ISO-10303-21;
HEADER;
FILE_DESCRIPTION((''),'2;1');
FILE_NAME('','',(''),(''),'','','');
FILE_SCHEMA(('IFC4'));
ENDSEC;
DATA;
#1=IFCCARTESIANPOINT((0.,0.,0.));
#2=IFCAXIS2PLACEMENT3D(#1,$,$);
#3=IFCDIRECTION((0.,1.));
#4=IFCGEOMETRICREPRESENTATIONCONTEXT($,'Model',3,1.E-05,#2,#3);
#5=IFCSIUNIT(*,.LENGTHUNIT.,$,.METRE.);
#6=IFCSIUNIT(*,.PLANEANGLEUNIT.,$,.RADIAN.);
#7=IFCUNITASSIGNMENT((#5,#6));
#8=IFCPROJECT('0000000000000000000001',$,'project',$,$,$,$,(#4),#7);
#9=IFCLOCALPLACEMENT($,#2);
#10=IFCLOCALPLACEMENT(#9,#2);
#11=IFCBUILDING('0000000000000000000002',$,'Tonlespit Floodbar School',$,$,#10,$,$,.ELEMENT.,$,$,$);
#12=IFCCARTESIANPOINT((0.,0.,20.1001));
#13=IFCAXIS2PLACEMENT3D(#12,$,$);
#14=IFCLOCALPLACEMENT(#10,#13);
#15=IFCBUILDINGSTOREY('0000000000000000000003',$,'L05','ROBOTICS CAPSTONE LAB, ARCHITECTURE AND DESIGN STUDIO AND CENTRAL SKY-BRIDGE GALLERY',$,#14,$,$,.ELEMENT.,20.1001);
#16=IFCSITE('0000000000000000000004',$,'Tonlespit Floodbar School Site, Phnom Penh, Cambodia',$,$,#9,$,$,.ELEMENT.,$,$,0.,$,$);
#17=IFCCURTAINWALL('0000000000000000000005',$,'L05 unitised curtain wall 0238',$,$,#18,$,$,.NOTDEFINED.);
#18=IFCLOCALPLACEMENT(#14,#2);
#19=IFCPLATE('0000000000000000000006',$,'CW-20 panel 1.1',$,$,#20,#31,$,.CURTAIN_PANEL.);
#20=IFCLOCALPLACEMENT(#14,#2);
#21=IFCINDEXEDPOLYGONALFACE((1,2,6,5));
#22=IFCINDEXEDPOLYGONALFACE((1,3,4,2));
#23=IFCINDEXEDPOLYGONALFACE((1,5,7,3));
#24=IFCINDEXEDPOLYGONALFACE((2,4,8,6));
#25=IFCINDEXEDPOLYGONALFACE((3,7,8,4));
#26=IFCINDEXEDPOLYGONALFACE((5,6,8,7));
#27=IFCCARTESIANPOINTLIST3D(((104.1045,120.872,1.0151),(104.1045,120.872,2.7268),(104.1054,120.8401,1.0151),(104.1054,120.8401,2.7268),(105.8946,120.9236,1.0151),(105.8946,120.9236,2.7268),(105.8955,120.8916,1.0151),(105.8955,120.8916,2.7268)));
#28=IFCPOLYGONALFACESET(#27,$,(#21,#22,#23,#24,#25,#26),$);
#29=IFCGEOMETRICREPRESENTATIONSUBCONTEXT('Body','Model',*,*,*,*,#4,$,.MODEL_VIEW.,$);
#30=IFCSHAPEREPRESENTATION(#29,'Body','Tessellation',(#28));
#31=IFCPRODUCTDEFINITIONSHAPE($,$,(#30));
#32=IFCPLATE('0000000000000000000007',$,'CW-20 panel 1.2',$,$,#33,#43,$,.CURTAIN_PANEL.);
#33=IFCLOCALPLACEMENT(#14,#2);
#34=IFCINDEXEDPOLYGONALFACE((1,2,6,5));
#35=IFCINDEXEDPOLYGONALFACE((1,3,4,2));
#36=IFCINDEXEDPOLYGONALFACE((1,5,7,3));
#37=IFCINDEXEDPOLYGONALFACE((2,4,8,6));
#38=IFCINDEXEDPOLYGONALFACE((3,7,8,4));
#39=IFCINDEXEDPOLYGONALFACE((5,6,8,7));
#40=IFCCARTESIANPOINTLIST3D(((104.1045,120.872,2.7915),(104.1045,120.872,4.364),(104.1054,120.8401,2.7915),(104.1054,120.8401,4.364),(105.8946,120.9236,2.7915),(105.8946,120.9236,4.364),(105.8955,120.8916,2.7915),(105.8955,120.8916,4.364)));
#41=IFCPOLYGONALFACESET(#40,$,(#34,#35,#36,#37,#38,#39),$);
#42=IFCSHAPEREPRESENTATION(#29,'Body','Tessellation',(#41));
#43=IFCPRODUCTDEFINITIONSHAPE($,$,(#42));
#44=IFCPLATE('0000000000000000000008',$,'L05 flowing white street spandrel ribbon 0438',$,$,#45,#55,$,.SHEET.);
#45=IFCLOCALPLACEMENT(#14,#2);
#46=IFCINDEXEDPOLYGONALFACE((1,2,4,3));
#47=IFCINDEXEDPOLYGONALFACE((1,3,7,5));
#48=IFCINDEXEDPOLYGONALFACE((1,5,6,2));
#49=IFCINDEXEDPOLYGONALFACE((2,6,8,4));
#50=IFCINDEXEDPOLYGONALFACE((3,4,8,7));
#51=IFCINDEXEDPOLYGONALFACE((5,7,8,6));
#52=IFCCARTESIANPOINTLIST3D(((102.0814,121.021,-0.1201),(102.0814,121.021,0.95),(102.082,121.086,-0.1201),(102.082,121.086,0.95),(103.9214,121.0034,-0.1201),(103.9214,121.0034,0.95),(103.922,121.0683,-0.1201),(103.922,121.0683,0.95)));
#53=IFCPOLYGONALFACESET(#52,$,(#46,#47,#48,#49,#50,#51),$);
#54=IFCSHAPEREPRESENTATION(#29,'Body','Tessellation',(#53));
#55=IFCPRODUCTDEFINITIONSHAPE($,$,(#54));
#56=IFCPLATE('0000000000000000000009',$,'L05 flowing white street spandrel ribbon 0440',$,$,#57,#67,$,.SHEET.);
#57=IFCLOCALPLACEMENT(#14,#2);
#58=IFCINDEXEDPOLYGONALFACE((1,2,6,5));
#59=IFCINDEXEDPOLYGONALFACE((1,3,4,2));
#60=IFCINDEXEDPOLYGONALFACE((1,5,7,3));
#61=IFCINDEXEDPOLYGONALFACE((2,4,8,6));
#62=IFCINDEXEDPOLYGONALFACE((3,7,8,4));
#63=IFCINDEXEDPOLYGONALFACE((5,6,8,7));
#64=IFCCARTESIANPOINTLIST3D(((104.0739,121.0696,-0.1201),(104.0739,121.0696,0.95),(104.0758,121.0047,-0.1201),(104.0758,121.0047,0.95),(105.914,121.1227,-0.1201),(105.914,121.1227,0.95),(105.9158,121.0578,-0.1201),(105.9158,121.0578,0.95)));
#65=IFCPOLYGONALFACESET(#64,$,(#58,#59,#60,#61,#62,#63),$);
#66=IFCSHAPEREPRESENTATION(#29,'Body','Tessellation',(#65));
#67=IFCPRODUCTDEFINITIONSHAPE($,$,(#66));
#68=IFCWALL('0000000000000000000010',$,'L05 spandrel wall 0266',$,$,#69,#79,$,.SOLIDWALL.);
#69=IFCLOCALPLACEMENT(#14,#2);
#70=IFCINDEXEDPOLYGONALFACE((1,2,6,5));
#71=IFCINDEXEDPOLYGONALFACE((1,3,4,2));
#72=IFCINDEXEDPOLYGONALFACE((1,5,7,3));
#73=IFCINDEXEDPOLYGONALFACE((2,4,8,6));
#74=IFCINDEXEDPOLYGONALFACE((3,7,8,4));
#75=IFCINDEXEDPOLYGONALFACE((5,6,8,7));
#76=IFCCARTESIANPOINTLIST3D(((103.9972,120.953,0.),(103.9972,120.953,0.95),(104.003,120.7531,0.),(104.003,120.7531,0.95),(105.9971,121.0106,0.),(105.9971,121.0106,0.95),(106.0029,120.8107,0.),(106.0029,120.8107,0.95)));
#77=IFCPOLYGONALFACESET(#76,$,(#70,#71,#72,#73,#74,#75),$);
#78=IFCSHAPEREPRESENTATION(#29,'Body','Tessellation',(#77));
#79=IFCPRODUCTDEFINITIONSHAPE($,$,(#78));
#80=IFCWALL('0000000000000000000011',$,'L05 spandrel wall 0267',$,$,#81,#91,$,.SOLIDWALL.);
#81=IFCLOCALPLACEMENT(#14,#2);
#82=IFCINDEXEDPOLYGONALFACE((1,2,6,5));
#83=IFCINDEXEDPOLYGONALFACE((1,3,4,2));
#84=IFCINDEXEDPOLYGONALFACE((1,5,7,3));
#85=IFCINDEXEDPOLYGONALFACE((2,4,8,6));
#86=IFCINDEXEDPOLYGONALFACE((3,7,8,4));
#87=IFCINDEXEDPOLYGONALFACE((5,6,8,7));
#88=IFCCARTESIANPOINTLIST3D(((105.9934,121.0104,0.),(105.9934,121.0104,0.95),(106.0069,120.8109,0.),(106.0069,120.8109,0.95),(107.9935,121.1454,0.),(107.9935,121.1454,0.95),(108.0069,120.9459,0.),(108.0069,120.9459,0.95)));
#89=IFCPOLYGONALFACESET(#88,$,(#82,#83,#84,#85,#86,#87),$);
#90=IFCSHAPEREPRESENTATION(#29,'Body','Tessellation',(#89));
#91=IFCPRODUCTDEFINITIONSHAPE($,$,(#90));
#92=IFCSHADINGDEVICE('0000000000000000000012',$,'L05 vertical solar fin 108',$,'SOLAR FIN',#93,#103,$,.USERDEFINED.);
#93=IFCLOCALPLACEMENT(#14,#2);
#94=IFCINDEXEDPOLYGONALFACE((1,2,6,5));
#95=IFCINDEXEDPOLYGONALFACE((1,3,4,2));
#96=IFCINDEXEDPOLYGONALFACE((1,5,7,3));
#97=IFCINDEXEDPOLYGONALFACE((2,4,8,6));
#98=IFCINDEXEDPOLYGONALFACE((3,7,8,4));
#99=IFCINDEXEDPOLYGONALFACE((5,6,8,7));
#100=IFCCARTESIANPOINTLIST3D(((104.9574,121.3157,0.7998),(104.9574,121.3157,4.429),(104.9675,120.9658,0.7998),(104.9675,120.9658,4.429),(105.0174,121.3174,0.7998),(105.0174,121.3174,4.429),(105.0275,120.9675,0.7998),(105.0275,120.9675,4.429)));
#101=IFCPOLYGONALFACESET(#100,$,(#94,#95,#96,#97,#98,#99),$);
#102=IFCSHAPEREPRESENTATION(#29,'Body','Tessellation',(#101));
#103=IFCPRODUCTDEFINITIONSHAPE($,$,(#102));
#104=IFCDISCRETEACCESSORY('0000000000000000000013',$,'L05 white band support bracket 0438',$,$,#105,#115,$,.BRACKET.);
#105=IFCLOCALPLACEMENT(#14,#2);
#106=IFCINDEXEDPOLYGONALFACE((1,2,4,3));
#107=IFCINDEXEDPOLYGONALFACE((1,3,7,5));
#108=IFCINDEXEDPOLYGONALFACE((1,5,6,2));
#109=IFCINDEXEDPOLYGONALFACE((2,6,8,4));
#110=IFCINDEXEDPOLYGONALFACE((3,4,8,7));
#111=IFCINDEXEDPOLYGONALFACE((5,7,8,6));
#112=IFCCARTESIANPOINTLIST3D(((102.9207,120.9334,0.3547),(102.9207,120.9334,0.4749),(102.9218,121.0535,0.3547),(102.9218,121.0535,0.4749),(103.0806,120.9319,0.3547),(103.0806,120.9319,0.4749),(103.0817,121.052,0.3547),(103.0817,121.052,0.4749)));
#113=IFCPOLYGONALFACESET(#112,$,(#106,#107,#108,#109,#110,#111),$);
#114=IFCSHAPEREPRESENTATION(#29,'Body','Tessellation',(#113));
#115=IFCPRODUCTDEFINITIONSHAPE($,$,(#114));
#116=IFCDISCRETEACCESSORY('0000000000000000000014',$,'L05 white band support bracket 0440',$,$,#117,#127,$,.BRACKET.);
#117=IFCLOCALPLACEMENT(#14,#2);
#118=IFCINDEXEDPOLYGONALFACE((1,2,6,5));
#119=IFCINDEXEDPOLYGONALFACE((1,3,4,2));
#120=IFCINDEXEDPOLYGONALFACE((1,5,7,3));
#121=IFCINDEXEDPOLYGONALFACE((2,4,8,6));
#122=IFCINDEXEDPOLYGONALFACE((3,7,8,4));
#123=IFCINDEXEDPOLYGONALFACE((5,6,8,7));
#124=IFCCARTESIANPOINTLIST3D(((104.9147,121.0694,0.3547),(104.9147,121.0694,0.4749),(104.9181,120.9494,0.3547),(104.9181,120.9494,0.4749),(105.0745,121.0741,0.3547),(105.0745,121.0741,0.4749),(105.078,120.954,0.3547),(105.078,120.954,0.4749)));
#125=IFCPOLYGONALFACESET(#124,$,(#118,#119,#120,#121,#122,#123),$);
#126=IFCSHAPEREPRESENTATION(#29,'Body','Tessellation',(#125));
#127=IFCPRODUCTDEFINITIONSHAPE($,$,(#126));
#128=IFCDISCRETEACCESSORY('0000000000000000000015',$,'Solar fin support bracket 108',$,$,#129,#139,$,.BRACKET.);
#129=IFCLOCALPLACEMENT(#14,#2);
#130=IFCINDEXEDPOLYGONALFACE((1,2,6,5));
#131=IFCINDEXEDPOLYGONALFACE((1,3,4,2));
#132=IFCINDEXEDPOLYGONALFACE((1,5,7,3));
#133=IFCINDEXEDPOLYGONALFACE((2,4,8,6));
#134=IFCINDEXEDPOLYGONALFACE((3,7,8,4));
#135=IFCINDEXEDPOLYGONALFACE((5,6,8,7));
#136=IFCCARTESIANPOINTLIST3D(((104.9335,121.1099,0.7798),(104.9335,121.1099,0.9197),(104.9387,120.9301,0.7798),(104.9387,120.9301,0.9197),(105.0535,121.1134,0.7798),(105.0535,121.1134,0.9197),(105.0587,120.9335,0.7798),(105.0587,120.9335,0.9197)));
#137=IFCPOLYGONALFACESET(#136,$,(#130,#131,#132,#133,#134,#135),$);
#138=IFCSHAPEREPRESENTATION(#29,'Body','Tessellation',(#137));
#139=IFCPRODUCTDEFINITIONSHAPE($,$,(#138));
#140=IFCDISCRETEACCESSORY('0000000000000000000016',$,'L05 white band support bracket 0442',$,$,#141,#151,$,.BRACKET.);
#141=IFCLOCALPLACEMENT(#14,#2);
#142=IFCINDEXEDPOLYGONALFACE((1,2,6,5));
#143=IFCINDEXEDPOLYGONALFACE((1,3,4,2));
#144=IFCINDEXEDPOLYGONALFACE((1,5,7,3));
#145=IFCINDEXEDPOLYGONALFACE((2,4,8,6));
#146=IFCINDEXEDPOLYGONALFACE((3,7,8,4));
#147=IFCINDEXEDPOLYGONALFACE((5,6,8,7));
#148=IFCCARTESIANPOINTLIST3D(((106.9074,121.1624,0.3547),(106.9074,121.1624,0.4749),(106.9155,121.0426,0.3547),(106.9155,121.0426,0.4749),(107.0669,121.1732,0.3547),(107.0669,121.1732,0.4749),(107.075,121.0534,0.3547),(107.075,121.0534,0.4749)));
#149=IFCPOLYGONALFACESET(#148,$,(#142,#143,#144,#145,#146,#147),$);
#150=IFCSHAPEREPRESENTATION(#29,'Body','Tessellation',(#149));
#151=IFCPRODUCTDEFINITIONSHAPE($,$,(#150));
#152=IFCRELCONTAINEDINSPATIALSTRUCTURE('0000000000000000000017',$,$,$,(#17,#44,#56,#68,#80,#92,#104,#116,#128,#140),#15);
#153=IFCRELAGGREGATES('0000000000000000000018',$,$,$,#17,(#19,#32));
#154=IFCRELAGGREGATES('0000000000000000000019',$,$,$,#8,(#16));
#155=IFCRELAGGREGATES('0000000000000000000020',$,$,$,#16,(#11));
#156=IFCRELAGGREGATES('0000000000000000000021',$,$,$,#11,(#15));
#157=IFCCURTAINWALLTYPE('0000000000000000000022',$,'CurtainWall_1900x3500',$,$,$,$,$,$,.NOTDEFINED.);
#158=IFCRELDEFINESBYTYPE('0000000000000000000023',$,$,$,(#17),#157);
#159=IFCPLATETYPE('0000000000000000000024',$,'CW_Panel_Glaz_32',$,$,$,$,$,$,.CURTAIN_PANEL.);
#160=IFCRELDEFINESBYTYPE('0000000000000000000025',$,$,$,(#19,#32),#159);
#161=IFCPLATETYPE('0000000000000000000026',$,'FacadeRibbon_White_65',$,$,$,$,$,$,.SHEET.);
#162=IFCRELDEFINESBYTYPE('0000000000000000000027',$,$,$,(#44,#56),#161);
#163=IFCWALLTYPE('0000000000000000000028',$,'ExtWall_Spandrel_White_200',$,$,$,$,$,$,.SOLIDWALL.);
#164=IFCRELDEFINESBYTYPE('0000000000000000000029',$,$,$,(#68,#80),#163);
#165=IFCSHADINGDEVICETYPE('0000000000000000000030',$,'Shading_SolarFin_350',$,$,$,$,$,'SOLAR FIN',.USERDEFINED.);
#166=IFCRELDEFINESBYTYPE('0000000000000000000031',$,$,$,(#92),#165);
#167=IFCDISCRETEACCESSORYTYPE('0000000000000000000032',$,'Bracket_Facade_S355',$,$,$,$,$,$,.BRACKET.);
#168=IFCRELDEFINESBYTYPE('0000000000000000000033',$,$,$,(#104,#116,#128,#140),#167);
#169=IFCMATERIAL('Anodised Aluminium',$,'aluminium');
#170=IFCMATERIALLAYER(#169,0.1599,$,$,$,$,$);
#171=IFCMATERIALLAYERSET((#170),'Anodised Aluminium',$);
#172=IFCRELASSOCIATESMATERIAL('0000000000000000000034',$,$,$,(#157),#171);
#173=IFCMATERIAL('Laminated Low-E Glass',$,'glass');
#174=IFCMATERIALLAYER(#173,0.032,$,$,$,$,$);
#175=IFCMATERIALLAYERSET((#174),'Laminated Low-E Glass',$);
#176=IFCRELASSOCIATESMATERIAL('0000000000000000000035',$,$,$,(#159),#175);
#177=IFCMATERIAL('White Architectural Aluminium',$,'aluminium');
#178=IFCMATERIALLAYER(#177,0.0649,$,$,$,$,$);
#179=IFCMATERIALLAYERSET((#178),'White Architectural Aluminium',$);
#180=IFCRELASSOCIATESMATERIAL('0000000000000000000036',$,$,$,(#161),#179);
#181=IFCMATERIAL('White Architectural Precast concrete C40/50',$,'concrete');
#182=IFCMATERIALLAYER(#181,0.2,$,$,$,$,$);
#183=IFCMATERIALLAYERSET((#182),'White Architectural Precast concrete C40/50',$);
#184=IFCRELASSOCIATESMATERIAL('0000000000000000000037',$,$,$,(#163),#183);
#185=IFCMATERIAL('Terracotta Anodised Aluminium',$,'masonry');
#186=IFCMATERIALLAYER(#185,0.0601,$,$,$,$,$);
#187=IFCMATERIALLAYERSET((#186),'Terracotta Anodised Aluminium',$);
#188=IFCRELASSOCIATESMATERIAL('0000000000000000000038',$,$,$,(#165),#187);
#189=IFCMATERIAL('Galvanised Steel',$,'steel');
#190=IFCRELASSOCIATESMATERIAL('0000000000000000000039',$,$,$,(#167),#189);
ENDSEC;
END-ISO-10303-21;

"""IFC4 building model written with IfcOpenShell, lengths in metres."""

from ifc_helpers import new_model, si_unit, direction, frame, frame_2d, origin, origin_2d, place, context, subcontext, project, spatial, rectangle, extrude, material, layer, layer_set, type_object, element, aggregate, save


model = new_model("IFC4")

# Units and contexts
model_context = context("Model", 3, precision=1e-05, world=origin(), true_north=direction((0.0, 1.0)))
body_context = subcontext(model_context, "Body", "Model", "MODEL_VIEW")
ifc_project = project(units=[si_unit("LENGTHUNIT", "METRE"), si_unit("PLANEANGLEUNIT", "RADIAN")], contexts=[model_context])

# Site, building, storey
site_placement = place(None, origin())
site = spatial("IfcSite", under=ifc_project, at=site_placement, Name="Tonlespit Floodbar School Site, Phnom Penh, Cambodia", CompositionType="ELEMENT", RefElevation=0.0)
building_placement = place(site_placement, origin())
building = spatial("IfcBuilding", under=site, at=building_placement, Name="Tonlespit Floodbar School", CompositionType="ELEMENT")
storey_placement = place(building_placement, frame((0.0, 0.0, 20.1001)))
storey = spatial("IfcBuildingStorey", under=building, at=storey_placement, Name="L05", Description="ROBOTICS CAPSTONE LAB, ARCHITECTURE AND DESIGN STUDIO AND CENTRAL SKY-BRIDGE GALLERY", CompositionType="ELEMENT", Elevation=20.1001)

# Curtain wall
ifc_material_1 = material(Name="Anodised Aluminium", Category="aluminium")
ifc_layer_1 = layer(ifc_material_1, 0.1599)
ifc_layer_set_1 = layer_set([ifc_layer_1], Name="Anodised Aluminium")
curtain_wall_type_1 = type_object("IfcCurtainWallType", Name="CurtainWall_1900x3500", PredefinedType="NOTDEFINED", material=ifc_layer_set_1)
curtain_wall_1_placement = place(storey_placement, origin())
curtain_wall_1 = element("IfcCurtainWall", 1, at=curtain_wall_1_placement, inside=storey, type_object=curtain_wall_type_1, Name="L05 unitised curtain wall 0238", PredefinedType="NOTDEFINED")

# Plates
ifc_material_2 = material(Name="Laminated Low-E Glass", Category="glass")
ifc_layer_2 = layer(ifc_material_2, 0.032)
ifc_layer_set_2 = layer_set([ifc_layer_2], Name="Laminated Low-E Glass")
plate_type_1 = type_object("IfcPlateType", Name="CW_Panel_Glaz_32", PredefinedType="CURTAIN_PANEL", material=ifc_layer_set_2)
plate_1_placement = place(storey_placement, frame((105.0, 120.8818, 1.0151), z_axis=(0.0, 0.0, 1.0), x_axis=(0.999585, 0.02879, 0.0)))
plate_1 = element("IfcPlate", 2, at=plate_1_placement, type_object=plate_type_1, Name="CW-20 panel 1.1", PredefinedType="CURTAIN_PANEL", context=body_context, shape_type="SweptSolid", body=[
    extrude(rectangle(XDim=1.7908, YDim=0.032, at=origin_2d()), origin(), (0.0, 0.0, 1.0), 1.7117),
])
plate_2_placement = place(storey_placement, frame((105.0, 120.8818, 2.7915), z_axis=(0.0, 0.0, 1.0), x_axis=(0.999585, 0.02879, 0.0)))
plate_2 = element("IfcPlate", 3, at=plate_2_placement, type_object=plate_type_1, Name="CW-20 panel 1.2", PredefinedType="CURTAIN_PANEL", context=body_context, shape_type="SweptSolid", body=[
    extrude(rectangle(XDim=1.7908, YDim=0.032, at=origin_2d()), origin(), (0.0, 0.0, 1.0), 1.5725),
])
aggregate(curtain_wall_1, [plate_1, plate_2])

# Plates
ifc_material_3 = material(Name="White Architectural Aluminium", Category="aluminium")
ifc_layer_3 = layer(ifc_material_3, 0.0649)
ifc_layer_set_3 = layer_set([ifc_layer_3], Name="White Architectural Aluminium")
plate_type_2 = type_object("IfcPlateType", Name="FacadeRibbon_White_65", PredefinedType="SHEET", material=ifc_layer_set_3)
plate_3_placement = place(storey_placement, frame((103.0017, 121.0447, -0.1201), z_axis=(0.0, 0.0, 1.0), x_axis=(0.999954, -0.009599, 0.0)))
element("IfcPlate", 4, at=plate_3_placement, inside=storey, type_object=plate_type_2, Name="L05 flowing white street spandrel ribbon 0438", PredefinedType="SHEET", context=body_context, shape_type="SweptSolid", body=[
    extrude(rectangle(XDim=1.8401, YDim=0.0649, at=origin_2d()), origin(), (0.0, 0.0, 1.0), 1.0701),
])
plate_4_placement = place(storey_placement, frame((104.9949, 121.0637, -0.1201), z_axis=(0.0, 0.0, 1.0), x_axis=(0.999584, 0.028838, 0.0)))
element("IfcPlate", 5, at=plate_4_placement, inside=storey, type_object=plate_type_2, Name="L05 flowing white street spandrel ribbon 0440", PredefinedType="SHEET", context=body_context, shape_type="SweptSolid", body=[
    extrude(rectangle(XDim=1.8408, YDim=0.0649, at=origin_2d()), origin(), (0.0, 0.0, 1.0), 1.0701),
])

# Walls
ifc_material_4 = material(Name="White Architectural Precast concrete C40/50", Category="concrete")
ifc_layer_4 = layer(ifc_material_4, 0.2)
ifc_layer_set_4 = layer_set([ifc_layer_4], Name="White Architectural Precast concrete C40/50")
wall_type = type_object("IfcWallType", Name="ExtWall_Spandrel_White_200", PredefinedType="SOLIDWALL", material=ifc_layer_set_4)
wall_1_placement = place(storey_placement, frame((104.0, 120.853, 0.0), z_axis=(0.0, 0.0, 1.0), x_axis=(0.999585, 0.028797, 0.0)))
element("IfcWall", 6, at=wall_1_placement, inside=storey, type_object=wall_type, Name="L05 spandrel wall 0266", PredefinedType="SOLIDWALL", context=body_context, shape_type="SweptSolid", body=[
    extrude(rectangle(XDim=2.0007, YDim=0.2, at=frame_2d((1.0005, 0.0))), origin(), (0.0, 0.0, 1.0), 0.95),
])
wall_2_placement = place(storey_placement, frame((106.0, 120.9106, 0.0), z_axis=(0.0, 0.0, 1.0), x_axis=(0.997729, 0.067352, 0.0)))
element("IfcWall", 7, at=wall_2_placement, inside=storey, type_object=wall_type, Name="L05 spandrel wall 0267", PredefinedType="SOLIDWALL", context=body_context, shape_type="SweptSolid", body=[
    extrude(rectangle(XDim=2.0046, YDim=0.2, at=frame_2d((1.0024, 0.0))), origin(), (0.0, 0.0, 1.0), 0.95),
])

# Shading device
ifc_material_5 = material(Name="Terracotta Anodised Aluminium", Category="masonry")
ifc_layer_5 = layer(ifc_material_5, 0.0601)
ifc_layer_set_5 = layer_set([ifc_layer_5], Name="Terracotta Anodised Aluminium")
shading_device_type = type_object("IfcShadingDeviceType", Name="Shading_SolarFin_350", ElementType="SOLAR FIN", PredefinedType="USERDEFINED", material=ifc_layer_set_5)
shading_device_placement = place(storey_placement, frame((104.9924, 121.1416, 0.7998), z_axis=(0.0, 0.0, 1.0), x_axis=(0.999584, 0.028838, 0.0)))
element("IfcShadingDevice", 8, at=shading_device_placement, inside=storey, type_object=shading_device_type, Name="L05 vertical solar fin 108", ObjectType="SOLAR FIN", PredefinedType="USERDEFINED", context=body_context, shape_type="SweptSolid", body=[
    extrude(rectangle(XDim=0.0601, YDim=0.3501, at=origin_2d()), origin(), (0.0, 0.0, 1.0), 3.6292),
])

# Discrete accessories
ifc_material_6 = material(Name="Galvanised Steel", Category="steel")
discrete_accessory_type = type_object("IfcDiscreteAccessoryType", Name="Bracket_Facade_S355", PredefinedType="BRACKET", material=ifc_material_6)
for number, where, z_axis, x_axis, name in (
    (9, (103.0012, 120.9927, 0.3547), (0.0, 0.0, 1.0), (0.999954, -0.009599, 0.0), "L05 white band support bracket 0438"),
    (10, (104.9963, 121.0117, 0.3547), (0.0, 0.0, 1.0), (0.999584, 0.028838, 0.0), "L05 white band support bracket 0440"),
):
    element("IfcDiscreteAccessory", number, at=place(storey_placement, frame(where, z_axis=z_axis, x_axis=x_axis)), inside=storey, type_object=discrete_accessory_type, Name=name, PredefinedType="BRACKET", context=body_context, shape_type="SweptSolid", body=[
        extrude(rectangle(XDim=0.1599, YDim=0.1201, at=origin_2d()), origin(), (0.0, 0.0, 1.0), 0.1201),
    ])
discrete_accessory_1_placement = place(storey_placement, frame((104.9961, 121.0217, 0.7798), z_axis=(0.0, 0.0, 1.0), x_axis=(0.999584, 0.028838, 0.0)))
element("IfcDiscreteAccessory", 11, at=discrete_accessory_1_placement, inside=storey, type_object=discrete_accessory_type, Name="Solar fin support bracket 108", PredefinedType="BRACKET", context=body_context, shape_type="SweptSolid", body=[
    extrude(rectangle(XDim=0.1201, YDim=0.1799, at=origin_2d()), origin(), (0.0, 0.0, 1.0), 0.1399),
])
discrete_accessory_2_placement = place(storey_placement, frame((106.9912, 121.1079, 0.3547), z_axis=(0.0, 0.0, 1.0), x_axis=(0.99773, 0.067347, 0.0)))
element("IfcDiscreteAccessory", 12, at=discrete_accessory_2_placement, inside=storey, type_object=discrete_accessory_type, Name="L05 white band support bracket 0442", PredefinedType="BRACKET", context=body_context, shape_type="SweptSolid", body=[
    extrude(rectangle(XDim=0.1599, YDim=0.1201, at=origin_2d()), origin(), (0.0, 0.0, 1.0), 0.1201),
])

save(model, "model.ifc")
